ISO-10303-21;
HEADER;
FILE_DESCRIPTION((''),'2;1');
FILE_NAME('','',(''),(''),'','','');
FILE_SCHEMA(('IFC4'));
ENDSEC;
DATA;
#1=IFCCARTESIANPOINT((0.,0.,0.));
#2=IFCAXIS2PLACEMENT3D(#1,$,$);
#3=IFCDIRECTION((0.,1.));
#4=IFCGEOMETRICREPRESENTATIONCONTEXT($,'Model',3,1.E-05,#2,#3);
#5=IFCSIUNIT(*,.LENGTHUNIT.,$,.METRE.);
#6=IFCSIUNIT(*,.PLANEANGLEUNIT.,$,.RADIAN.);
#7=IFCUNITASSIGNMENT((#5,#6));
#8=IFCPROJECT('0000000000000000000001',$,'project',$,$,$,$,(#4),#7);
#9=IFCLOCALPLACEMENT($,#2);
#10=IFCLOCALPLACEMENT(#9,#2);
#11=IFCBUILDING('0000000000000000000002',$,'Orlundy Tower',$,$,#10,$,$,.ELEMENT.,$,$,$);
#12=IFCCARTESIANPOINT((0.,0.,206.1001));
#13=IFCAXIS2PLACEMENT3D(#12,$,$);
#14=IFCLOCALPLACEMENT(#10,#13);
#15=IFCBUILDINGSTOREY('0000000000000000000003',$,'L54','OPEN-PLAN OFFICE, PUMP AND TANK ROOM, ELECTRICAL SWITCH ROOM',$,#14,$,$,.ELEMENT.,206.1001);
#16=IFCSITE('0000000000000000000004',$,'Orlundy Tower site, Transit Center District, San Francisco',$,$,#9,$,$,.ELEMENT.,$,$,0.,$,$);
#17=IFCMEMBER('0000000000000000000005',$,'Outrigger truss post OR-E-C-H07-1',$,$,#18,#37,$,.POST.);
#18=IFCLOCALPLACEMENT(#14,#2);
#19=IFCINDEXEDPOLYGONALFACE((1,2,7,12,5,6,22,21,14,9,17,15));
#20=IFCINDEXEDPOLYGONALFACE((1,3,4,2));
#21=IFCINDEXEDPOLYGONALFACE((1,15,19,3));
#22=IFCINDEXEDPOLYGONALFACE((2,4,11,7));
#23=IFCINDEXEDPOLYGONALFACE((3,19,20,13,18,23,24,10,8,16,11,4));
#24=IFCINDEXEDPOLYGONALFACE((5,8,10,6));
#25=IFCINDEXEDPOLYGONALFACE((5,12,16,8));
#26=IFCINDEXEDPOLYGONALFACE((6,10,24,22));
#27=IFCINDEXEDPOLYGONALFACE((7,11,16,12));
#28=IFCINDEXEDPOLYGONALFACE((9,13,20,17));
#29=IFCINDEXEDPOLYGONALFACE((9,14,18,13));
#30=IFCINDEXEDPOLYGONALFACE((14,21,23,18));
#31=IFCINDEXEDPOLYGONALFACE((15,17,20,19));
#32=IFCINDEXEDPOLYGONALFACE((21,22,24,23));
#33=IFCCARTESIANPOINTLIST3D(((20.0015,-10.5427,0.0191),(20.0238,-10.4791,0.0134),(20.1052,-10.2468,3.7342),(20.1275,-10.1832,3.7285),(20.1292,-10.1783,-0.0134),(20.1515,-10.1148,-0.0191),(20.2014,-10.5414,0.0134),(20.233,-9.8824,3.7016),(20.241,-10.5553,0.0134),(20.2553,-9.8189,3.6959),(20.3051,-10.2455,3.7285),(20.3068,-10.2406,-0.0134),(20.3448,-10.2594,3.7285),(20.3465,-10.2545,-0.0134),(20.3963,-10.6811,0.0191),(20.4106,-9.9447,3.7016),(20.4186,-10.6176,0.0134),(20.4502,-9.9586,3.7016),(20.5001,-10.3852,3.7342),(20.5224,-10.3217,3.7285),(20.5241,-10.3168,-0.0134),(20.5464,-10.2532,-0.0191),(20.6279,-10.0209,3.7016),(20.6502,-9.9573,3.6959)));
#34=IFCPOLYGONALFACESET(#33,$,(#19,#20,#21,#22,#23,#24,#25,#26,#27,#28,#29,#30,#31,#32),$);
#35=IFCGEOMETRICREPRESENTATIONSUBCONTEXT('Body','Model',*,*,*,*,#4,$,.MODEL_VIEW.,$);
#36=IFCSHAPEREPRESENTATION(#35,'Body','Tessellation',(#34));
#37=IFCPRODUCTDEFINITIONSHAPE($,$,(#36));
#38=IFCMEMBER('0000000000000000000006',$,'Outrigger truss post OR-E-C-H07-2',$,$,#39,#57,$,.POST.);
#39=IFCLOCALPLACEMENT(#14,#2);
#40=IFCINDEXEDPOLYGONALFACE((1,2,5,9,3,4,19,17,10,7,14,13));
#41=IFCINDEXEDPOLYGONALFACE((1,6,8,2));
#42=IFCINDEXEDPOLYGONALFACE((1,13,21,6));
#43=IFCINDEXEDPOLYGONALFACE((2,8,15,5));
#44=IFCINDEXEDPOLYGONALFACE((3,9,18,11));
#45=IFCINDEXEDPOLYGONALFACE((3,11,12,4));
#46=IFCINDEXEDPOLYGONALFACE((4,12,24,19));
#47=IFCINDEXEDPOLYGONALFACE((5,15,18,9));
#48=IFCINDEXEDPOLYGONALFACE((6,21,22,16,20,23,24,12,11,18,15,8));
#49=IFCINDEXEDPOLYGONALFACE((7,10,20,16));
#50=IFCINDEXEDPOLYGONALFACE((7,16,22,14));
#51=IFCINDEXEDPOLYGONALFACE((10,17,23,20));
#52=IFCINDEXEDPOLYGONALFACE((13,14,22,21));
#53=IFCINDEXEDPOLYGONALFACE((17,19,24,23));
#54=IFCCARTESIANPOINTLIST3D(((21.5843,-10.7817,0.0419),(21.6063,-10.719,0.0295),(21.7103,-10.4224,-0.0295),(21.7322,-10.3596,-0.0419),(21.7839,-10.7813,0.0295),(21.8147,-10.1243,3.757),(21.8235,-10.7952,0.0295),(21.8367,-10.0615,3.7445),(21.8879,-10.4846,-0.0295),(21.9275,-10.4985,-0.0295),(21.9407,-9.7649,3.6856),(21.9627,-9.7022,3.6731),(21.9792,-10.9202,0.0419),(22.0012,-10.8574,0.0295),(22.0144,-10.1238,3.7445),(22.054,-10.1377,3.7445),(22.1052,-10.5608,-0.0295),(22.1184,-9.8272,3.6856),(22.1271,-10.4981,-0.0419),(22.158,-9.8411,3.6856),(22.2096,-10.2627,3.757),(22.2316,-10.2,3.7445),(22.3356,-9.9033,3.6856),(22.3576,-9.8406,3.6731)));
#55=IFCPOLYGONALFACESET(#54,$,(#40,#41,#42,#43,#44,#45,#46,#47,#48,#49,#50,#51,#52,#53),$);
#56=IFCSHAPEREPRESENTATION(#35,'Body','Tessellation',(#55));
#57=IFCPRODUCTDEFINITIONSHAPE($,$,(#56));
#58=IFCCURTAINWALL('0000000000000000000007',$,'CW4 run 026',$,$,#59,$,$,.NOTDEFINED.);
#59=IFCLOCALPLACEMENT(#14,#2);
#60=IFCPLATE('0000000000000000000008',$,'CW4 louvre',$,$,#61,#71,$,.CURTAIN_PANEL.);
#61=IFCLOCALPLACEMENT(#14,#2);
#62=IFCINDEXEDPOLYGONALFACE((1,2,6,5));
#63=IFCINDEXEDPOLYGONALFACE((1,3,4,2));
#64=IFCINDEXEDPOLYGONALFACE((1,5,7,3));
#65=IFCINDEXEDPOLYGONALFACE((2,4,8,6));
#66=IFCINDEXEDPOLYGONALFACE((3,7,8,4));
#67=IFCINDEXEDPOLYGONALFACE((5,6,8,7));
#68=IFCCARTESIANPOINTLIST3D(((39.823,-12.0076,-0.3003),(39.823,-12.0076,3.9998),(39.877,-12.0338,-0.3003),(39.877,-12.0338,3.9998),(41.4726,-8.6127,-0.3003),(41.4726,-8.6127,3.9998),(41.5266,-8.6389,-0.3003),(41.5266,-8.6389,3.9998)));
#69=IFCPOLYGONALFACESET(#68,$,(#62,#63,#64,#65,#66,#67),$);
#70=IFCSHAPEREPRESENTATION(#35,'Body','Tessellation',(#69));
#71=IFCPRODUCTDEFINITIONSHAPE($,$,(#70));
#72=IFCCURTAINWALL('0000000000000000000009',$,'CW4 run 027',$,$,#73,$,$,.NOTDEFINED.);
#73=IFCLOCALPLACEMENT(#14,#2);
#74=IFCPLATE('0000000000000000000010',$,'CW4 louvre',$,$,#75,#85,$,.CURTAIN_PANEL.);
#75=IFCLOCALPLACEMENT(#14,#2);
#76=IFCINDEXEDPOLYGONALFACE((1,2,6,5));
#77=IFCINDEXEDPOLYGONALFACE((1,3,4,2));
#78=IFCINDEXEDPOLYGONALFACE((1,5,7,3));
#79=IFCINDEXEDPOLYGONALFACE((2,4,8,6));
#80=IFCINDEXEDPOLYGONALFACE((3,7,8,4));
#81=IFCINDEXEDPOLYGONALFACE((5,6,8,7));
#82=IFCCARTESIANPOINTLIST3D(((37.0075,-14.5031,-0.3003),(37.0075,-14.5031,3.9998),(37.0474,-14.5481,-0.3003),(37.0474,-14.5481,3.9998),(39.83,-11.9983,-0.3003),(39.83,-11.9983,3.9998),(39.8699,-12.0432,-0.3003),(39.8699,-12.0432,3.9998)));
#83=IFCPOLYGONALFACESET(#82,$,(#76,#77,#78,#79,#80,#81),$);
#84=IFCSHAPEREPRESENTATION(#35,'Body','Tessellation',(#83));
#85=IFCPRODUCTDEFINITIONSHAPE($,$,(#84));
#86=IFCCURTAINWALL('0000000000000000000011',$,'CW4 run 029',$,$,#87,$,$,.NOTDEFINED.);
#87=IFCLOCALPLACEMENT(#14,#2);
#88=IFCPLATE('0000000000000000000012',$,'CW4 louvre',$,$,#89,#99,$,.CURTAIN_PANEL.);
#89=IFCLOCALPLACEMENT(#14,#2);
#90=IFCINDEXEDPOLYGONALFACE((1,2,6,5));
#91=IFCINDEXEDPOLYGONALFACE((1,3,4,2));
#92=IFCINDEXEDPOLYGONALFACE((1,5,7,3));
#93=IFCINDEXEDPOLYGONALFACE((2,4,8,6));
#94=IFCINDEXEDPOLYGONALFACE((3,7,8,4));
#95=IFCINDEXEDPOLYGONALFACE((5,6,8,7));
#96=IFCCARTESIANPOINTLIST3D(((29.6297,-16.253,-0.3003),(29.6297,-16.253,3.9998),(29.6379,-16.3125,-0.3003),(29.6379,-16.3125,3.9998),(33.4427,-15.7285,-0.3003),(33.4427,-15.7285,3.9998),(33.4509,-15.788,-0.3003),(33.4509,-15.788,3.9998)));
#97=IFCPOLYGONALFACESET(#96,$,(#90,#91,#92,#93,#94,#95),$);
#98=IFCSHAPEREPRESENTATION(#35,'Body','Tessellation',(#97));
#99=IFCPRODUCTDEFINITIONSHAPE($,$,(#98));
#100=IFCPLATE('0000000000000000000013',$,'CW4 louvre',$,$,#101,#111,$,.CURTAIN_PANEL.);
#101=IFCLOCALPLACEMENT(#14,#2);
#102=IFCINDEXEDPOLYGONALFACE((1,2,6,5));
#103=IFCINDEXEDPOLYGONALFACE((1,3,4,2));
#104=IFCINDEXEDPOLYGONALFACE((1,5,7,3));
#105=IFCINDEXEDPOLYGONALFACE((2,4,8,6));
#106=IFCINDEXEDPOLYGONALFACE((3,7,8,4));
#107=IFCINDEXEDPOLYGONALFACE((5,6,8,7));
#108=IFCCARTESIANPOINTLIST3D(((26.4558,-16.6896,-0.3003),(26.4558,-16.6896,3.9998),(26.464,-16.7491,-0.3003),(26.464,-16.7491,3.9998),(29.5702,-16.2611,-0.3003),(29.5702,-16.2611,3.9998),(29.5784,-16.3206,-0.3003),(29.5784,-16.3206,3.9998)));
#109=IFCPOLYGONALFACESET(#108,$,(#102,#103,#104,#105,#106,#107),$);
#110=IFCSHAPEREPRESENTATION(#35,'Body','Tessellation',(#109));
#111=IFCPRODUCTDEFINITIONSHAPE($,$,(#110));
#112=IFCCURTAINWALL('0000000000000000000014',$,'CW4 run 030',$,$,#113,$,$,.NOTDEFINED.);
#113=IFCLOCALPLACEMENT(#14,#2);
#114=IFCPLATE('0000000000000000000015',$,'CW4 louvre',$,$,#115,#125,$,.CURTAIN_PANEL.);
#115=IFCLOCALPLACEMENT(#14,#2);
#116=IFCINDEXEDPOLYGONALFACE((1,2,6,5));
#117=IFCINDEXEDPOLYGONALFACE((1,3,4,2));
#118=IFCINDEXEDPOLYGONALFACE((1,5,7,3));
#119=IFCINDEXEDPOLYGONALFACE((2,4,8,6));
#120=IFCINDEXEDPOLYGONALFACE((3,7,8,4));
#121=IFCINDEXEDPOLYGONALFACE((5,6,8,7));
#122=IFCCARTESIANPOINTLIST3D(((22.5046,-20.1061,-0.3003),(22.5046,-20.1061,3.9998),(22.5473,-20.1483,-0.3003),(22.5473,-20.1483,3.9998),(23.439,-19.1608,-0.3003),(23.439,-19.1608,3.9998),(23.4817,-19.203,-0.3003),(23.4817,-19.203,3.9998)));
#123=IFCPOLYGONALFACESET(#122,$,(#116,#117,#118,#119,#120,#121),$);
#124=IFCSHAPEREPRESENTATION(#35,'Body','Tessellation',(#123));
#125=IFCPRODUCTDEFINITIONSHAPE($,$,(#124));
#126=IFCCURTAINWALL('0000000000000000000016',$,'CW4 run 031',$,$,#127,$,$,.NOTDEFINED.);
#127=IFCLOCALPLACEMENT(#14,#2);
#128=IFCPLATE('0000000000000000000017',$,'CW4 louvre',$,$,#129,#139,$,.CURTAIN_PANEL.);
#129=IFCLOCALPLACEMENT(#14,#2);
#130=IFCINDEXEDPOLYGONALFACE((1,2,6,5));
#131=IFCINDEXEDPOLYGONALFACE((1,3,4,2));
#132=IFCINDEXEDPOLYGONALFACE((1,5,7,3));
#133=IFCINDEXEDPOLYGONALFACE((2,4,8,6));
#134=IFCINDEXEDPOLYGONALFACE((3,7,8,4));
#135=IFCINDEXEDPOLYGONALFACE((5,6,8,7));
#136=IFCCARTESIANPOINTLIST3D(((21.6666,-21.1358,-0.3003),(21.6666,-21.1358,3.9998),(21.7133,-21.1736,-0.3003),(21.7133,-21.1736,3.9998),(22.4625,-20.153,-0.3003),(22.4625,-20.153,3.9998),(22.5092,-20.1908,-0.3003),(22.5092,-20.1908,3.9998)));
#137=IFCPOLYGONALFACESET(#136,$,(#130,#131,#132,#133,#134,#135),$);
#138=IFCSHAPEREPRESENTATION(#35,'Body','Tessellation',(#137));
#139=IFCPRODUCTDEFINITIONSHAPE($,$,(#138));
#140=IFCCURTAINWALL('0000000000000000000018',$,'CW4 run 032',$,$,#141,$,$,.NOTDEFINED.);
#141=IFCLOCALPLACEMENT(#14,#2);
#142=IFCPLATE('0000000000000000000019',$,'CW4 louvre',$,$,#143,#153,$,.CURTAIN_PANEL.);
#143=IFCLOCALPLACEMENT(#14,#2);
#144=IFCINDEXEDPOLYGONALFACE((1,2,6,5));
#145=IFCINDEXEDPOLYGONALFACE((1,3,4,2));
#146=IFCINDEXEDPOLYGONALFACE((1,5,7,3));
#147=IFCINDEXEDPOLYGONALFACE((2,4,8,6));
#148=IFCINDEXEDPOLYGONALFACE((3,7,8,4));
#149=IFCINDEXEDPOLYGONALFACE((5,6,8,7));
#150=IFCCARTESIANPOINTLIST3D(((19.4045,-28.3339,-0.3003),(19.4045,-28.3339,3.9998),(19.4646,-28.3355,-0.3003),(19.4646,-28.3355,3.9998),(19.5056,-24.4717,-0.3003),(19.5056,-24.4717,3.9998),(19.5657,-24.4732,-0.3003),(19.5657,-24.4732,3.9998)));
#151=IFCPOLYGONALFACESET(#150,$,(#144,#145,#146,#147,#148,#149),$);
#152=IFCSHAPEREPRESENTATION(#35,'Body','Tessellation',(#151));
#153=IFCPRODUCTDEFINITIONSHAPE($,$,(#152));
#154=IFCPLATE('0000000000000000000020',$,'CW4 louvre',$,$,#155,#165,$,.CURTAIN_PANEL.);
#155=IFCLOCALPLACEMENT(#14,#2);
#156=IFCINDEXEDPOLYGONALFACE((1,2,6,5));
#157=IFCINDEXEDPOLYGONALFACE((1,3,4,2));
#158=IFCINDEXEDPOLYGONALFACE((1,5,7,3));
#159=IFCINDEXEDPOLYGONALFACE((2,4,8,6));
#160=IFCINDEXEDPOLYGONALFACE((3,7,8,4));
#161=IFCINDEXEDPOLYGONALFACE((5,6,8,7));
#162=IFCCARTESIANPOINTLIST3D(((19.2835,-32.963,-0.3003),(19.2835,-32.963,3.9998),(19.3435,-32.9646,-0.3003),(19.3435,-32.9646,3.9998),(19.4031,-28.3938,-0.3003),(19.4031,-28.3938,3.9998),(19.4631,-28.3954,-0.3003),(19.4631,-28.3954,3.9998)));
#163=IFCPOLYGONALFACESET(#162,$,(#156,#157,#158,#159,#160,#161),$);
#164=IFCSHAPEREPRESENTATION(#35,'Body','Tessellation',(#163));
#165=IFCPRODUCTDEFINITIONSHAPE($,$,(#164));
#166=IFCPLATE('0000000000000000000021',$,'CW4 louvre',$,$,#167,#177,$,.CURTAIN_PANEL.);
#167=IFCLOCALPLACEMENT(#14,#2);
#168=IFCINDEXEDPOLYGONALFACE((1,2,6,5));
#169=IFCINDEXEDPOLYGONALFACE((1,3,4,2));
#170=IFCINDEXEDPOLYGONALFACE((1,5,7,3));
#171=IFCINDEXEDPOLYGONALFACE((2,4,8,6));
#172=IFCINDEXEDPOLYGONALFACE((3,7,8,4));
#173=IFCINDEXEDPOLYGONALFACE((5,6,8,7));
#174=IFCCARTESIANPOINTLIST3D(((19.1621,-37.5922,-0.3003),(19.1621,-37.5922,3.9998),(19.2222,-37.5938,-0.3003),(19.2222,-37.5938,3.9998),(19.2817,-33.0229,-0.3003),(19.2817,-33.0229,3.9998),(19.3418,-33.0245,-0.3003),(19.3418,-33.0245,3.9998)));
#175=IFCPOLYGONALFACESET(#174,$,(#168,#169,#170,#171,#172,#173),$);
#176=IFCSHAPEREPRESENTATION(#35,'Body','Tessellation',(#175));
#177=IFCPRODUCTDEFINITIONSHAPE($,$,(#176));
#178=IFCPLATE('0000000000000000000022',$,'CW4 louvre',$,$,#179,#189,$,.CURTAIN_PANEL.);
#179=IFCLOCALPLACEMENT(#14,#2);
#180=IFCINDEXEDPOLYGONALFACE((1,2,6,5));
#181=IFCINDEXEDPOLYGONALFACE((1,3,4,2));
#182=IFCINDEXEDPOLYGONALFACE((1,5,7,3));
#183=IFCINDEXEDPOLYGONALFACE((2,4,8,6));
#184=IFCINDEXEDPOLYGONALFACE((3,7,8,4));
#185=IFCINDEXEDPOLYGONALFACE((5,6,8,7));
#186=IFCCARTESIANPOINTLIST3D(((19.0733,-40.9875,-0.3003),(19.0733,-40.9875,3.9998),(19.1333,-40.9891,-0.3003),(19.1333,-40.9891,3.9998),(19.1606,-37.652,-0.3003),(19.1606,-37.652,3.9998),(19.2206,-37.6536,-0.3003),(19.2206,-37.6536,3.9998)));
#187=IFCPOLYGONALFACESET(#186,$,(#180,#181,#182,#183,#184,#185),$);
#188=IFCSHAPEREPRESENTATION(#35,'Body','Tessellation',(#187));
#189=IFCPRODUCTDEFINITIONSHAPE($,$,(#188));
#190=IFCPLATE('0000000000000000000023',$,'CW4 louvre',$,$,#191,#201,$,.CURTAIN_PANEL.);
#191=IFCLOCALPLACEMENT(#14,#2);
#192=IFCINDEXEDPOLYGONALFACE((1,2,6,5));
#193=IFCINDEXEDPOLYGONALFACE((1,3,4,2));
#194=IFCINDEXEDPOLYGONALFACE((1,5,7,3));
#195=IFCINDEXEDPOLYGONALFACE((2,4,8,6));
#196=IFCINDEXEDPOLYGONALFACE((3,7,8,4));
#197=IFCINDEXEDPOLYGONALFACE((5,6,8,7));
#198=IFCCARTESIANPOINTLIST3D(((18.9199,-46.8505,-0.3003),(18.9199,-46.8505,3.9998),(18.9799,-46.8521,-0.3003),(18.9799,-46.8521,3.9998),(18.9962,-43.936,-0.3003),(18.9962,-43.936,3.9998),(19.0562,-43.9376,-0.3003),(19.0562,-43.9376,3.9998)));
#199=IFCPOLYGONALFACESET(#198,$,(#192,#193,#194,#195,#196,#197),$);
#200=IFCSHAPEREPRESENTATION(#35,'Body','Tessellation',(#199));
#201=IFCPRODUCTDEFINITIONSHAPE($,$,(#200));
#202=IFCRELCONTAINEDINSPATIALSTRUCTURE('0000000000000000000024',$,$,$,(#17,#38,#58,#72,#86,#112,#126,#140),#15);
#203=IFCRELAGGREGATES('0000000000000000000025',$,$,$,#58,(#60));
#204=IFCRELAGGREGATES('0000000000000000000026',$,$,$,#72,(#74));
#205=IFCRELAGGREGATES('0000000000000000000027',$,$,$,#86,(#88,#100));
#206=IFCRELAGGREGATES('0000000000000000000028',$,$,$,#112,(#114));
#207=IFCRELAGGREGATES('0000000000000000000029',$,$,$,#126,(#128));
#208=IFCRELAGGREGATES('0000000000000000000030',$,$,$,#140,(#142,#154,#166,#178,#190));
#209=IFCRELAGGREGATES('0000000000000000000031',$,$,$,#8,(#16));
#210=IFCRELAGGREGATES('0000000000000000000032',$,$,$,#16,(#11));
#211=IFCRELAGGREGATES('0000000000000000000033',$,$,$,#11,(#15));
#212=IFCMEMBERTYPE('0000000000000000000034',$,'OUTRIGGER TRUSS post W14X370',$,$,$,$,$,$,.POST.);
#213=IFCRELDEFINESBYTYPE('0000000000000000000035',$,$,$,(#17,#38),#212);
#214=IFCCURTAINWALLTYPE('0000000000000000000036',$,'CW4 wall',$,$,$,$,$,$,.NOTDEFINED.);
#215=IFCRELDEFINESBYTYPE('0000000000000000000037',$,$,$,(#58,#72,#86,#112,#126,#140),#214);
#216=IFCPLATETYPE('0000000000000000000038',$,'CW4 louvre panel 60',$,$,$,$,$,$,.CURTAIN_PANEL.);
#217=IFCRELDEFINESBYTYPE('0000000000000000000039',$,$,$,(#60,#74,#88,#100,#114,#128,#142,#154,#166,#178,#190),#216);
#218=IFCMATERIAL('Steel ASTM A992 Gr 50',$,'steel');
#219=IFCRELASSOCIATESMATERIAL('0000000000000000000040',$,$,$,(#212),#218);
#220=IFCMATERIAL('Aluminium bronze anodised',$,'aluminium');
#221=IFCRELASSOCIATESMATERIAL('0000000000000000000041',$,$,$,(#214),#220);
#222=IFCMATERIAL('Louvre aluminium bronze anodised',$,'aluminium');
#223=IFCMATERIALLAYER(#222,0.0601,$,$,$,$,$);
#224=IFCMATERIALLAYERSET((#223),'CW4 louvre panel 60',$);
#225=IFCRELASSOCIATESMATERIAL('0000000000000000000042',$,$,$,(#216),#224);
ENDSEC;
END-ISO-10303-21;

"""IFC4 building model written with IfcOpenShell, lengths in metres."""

from ifc_helpers import new_model, si_unit, direction, frame, origin, origin_2d, place, context, subcontext, project, spatial, rectangle, i_section, extrude, material, layer, layer_set, material_profile, profile_set, type_object, element, aggregate, save


model = new_model("IFC4")

# Units and contexts
model_context = context("Model", 3, precision=1e-05, world=origin(), true_north=direction((0.0, 1.0)))
body_context = subcontext(model_context, "Body", "Model", "MODEL_VIEW")
ifc_project = project(units=[si_unit("LENGTHUNIT", "METRE"), si_unit("PLANEANGLEUNIT", "RADIAN")], contexts=[model_context])

# Site, building, storey
site_placement = place(None, origin())
site = spatial("IfcSite", under=ifc_project, at=site_placement, Name="Orlundy Tower site, Transit Center District, San Francisco", CompositionType="ELEMENT", RefElevation=0.0)
building_placement = place(site_placement, origin())
building = spatial("IfcBuilding", under=site, at=building_placement, Name="Orlundy Tower", CompositionType="ELEMENT")
storey_placement = place(building_placement, frame((0.0, 0.0, 206.1001)))
storey = spatial("IfcBuildingStorey", under=building, at=storey_placement, Name="L54", Description="OPEN-PLAN OFFICE, PUMP AND TANK ROOM, ELECTRICAL SWITCH ROOM", CompositionType="ELEMENT", Elevation=206.1001)

# Members
ifc_material_1 = material(Name="Steel ASTM A992 Gr 50", Category="steel")
ifc_material_profile = material_profile(ifc_material_1, i_section(OverallWidth=0.4185, OverallDepth=0.4551, WebThickness=0.042, FlangeThickness=0.0676, at=origin_2d()), Name="W14X370")
ifc_profile_set = profile_set([ifc_material_profile], Name="Steel ASTM A992 Gr 50")
member_type = type_object("IfcMemberType", Name="OUTRIGGER TRUSS post W14X370", PredefinedType="POST", material=ifc_profile_set)
member_1_placement = place(storey_placement, frame((20.2739, -10.3979, 0.0), z_axis=(0.02783, 0.079366, 0.996457), x_axis=(-0.943664, 0.330905, 0.0)))
element("IfcMember", 1, at=member_1_placement, inside=storey, type_object=member_type, Name="Outrigger truss post OR-E-C-H07-1", PredefinedType="POST", context=body_context, shape_type="SweptSolid", body=[
    extrude(i_section(OverallWidth=0.4185, OverallDepth=0.4551, WebThickness=0.042, FlangeThickness=0.0676, at=origin_2d()), origin(), (0.0, 0.0, 1.0), 3.7283),
])
member_2_placement = place(storey_placement, frame((21.8557, -10.6399, 0.0), z_axis=(0.060973, 0.173941, 0.982867), x_axis=(-0.9437, 0.330803, 0.0)))
element("IfcMember", 2, at=member_2_placement, inside=storey, type_object=member_type, Name="Outrigger truss post OR-E-C-H07-2", PredefinedType="POST", context=body_context, shape_type="SweptSolid", body=[
    extrude(i_section(OverallWidth=0.4185, OverallDepth=0.4551, WebThickness=0.042, FlangeThickness=0.0676, at=origin_2d()), origin(), (0.0, 0.0, 1.0), 3.7798),
])

# Curtain walls, plates
ifc_material_2 = material(Name="Aluminium bronze anodised", Category="aluminium")
curtain_wall_type = type_object("IfcCurtainWallType", Name="CW4 wall", PredefinedType="NOTDEFINED", material=ifc_material_2)
curtain_wall_1_placement = place(storey_placement, origin())
curtain_wall_1 = element("IfcCurtainWall", 3, at=curtain_wall_1_placement, inside=storey, type_object=curtain_wall_type, Name="CW4 run 026", PredefinedType="NOTDEFINED")
ifc_material_3 = material(Name="Louvre aluminium bronze anodised", Category="aluminium")
ifc_layer_1 = layer(ifc_material_3, 0.0601)
ifc_layer_set_1 = layer_set([ifc_layer_1], Name="CW4 louvre panel 60")
plate_type = type_object("IfcPlateType", Name="CW4 louvre panel 60", PredefinedType="CURTAIN_PANEL", material=ifc_layer_set_1)
plate_1_placement = place(storey_placement, frame((40.6748, -10.3232, -0.3003), z_axis=(0.0, 0.0, 1.0), x_axis=(-0.437041, -0.899442, 0.0)))
plate_1 = element("IfcPlate", 4, at=plate_1_placement, type_object=plate_type, Name="CW4 louvre", PredefinedType="CURTAIN_PANEL", context=body_context, shape_type="SweptSolid", body=[
    extrude(rectangle(XDim=3.7744, YDim=0.0601, at=origin_2d()), origin(), (0.0, 0.0, 1.0), 4.3),
])
aggregate(curtain_wall_1, [plate_1])
curtain_wall_2_placement = place(storey_placement, origin())
curtain_wall_2 = element("IfcCurtainWall", 5, at=curtain_wall_2_placement, inside=storey, type_object=curtain_wall_type, Name="CW4 run 027", PredefinedType="NOTDEFINED")
plate_2_placement = place(storey_placement, frame((38.4387, -13.2732, -0.3003), z_axis=(0.0, 0.0, 1.0), x_axis=(-0.747945, -0.663761, 0.0)))
plate_2 = element("IfcPlate", 6, at=plate_2_placement, type_object=plate_type, Name="CW4 louvre", PredefinedType="CURTAIN_PANEL", context=body_context, shape_type="SweptSolid", body=[
    extrude(rectangle(XDim=3.7737, YDim=0.0601, at=origin_2d()), origin(), (0.0, 0.0, 1.0), 4.3),
])
aggregate(curtain_wall_2, [plate_2])

# Curtain wall, plates
curtain_wall_3_placement = place(storey_placement, origin())
curtain_wall_3 = element("IfcCurtainWall", 7, at=curtain_wall_3_placement, inside=storey, type_object=curtain_wall_type, Name="CW4 run 029", PredefinedType="NOTDEFINED")
plate_3_placement = place(storey_placement, frame((31.5403, -16.0205, -0.3003), z_axis=(0.0, 0.0, 1.0), x_axis=(-0.990668, -0.136294, 0.0)))
plate_3 = element("IfcPlate", 8, at=plate_3_placement, type_object=plate_type, Name="CW4 louvre", PredefinedType="CURTAIN_PANEL", context=body_context, shape_type="SweptSolid", body=[
    extrude(rectangle(XDim=3.8489, YDim=0.0601, at=origin_2d()), origin(), (0.0, 0.0, 1.0), 4.3),
])
plate_4_placement = place(storey_placement, frame((28.0171, -16.5051, -0.3003), z_axis=(0.0, 0.0, 1.0), x_axis=(-0.990668, -0.136294, 0.0)))
plate_4 = element("IfcPlate", 9, at=plate_4_placement, type_object=plate_type, Name="CW4 louvre", PredefinedType="CURTAIN_PANEL", context=body_context, shape_type="SweptSolid", body=[
    extrude(rectangle(XDim=3.1438, YDim=0.0601, at=origin_2d()), origin(), (0.0, 0.0, 1.0), 4.3),
])
aggregate(curtain_wall_3, [plate_3, plate_4])

# Curtain walls, plates
curtain_wall_4_placement = place(storey_placement, origin())
curtain_wall_4 = element("IfcCurtainWall", 10, at=curtain_wall_4_placement, inside=storey, type_object=curtain_wall_type, Name="CW4 run 030", PredefinedType="NOTDEFINED")
plate_5_placement = place(storey_placement, frame((22.9932, -19.6545, -0.3003), z_axis=(0.0, 0.0, 1.0), x_axis=(-0.702999, -0.711191, 0.0)))
plate_5 = element("IfcPlate", 11, at=plate_5_placement, type_object=plate_type, Name="CW4 louvre", PredefinedType="CURTAIN_PANEL", context=body_context, shape_type="SweptSolid", body=[
    extrude(rectangle(XDim=1.3291, YDim=0.0601, at=origin_2d()), origin(), (0.0, 0.0, 1.0), 4.3),
])
aggregate(curtain_wall_4, [plate_5])
curtain_wall_5_placement = place(storey_placement, origin())
curtain_wall_5 = element("IfcCurtainWall", 12, at=curtain_wall_5_placement, inside=storey, type_object=curtain_wall_type, Name="CW4 run 031", PredefinedType="NOTDEFINED")
plate_6_placement = place(storey_placement, frame((22.0879, -20.6633, -0.3003), z_axis=(0.0, 0.0, 1.0), x_axis=(-0.629325, -0.777142, 0.0)))
plate_6 = element("IfcPlate", 13, at=plate_6_placement, type_object=plate_type, Name="CW4 louvre", PredefinedType="CURTAIN_PANEL", context=body_context, shape_type="SweptSolid", body=[
    extrude(rectangle(XDim=1.2646, YDim=0.0601, at=origin_2d()), origin(), (0.0, 0.0, 1.0), 4.3),
])
aggregate(curtain_wall_5, [plate_6])

# Curtain wall, plates
curtain_wall_6_placement = place(storey_placement, origin())
curtain_wall_6 = element("IfcCurtainWall", 14, at=curtain_wall_6_placement, inside=storey, type_object=curtain_wall_type, Name="CW4 run 032", PredefinedType="NOTDEFINED")
plate_7_placement = place(storey_placement, frame((19.4851, -26.4036, -0.3003), z_axis=(0.0, 0.0, 1.0), x_axis=(-0.026166, -0.999658, 0.0)))
plate_7 = element("IfcPlate", 15, at=plate_7_placement, type_object=plate_type, Name="CW4 louvre", PredefinedType="CURTAIN_PANEL", context=body_context, shape_type="SweptSolid", body=[
    extrude(rectangle(XDim=3.8635, YDim=0.0601, at=origin_2d()), origin(), (0.0, 0.0, 1.0), 4.3),
])
plate_8_placement = place(storey_placement, frame((19.3733, -30.6792, -0.3003), z_axis=(0.0, 0.0, 1.0), x_axis=(-0.026166, -0.999658, 0.0)))
plate_8 = element("IfcPlate", 16, at=plate_8_placement, type_object=plate_type, Name="CW4 louvre", PredefinedType="CURTAIN_PANEL", context=body_context, shape_type="SweptSolid", body=[
    extrude(rectangle(XDim=4.5708, YDim=0.0601, at=origin_2d()), origin(), (0.0, 0.0, 1.0), 4.3),
])
plate_9_placement = place(storey_placement, frame((19.252, -35.3083, -0.3003), z_axis=(0.0, 0.0, 1.0), x_axis=(-0.026166, -0.999658, 0.0)))
plate_9 = element("IfcPlate", 17, at=plate_9_placement, type_object=plate_type, Name="CW4 louvre", PredefinedType="CURTAIN_PANEL", context=body_context, shape_type="SweptSolid", body=[
    extrude(rectangle(XDim=4.5708, YDim=0.0601, at=origin_2d()), origin(), (0.0, 0.0, 1.0), 4.3),
])
plate_10_placement = place(storey_placement, frame((19.147, -39.3206, -0.3003), z_axis=(0.0, 0.0, 1.0), x_axis=(-0.026166, -0.999658, 0.0)))
plate_10 = element("IfcPlate", 18, at=plate_10_placement, type_object=plate_type, Name="CW4 louvre", PredefinedType="CURTAIN_PANEL", context=body_context, shape_type="SweptSolid", body=[
    extrude(rectangle(XDim=3.3367, YDim=0.0601, at=origin_2d()), origin(), (0.0, 0.0, 1.0), 4.3),
])
plate_11_placement = place(storey_placement, frame((18.988, -45.394, -0.3003), z_axis=(0.0, 0.0, 1.0), x_axis=(-0.026166, -0.999658, 0.0)))
plate_11 = element("IfcPlate", 19, at=plate_11_placement, type_object=plate_type, Name="CW4 louvre", PredefinedType="CURTAIN_PANEL", context=body_context, shape_type="SweptSolid", body=[
    extrude(rectangle(XDim=2.9155, YDim=0.0601, at=origin_2d()), origin(), (0.0, 0.0, 1.0), 4.3),
])
aggregate(curtain_wall_6, [plate_7, plate_8, plate_9, plate_10, plate_11])

save(model, "model.ifc")
